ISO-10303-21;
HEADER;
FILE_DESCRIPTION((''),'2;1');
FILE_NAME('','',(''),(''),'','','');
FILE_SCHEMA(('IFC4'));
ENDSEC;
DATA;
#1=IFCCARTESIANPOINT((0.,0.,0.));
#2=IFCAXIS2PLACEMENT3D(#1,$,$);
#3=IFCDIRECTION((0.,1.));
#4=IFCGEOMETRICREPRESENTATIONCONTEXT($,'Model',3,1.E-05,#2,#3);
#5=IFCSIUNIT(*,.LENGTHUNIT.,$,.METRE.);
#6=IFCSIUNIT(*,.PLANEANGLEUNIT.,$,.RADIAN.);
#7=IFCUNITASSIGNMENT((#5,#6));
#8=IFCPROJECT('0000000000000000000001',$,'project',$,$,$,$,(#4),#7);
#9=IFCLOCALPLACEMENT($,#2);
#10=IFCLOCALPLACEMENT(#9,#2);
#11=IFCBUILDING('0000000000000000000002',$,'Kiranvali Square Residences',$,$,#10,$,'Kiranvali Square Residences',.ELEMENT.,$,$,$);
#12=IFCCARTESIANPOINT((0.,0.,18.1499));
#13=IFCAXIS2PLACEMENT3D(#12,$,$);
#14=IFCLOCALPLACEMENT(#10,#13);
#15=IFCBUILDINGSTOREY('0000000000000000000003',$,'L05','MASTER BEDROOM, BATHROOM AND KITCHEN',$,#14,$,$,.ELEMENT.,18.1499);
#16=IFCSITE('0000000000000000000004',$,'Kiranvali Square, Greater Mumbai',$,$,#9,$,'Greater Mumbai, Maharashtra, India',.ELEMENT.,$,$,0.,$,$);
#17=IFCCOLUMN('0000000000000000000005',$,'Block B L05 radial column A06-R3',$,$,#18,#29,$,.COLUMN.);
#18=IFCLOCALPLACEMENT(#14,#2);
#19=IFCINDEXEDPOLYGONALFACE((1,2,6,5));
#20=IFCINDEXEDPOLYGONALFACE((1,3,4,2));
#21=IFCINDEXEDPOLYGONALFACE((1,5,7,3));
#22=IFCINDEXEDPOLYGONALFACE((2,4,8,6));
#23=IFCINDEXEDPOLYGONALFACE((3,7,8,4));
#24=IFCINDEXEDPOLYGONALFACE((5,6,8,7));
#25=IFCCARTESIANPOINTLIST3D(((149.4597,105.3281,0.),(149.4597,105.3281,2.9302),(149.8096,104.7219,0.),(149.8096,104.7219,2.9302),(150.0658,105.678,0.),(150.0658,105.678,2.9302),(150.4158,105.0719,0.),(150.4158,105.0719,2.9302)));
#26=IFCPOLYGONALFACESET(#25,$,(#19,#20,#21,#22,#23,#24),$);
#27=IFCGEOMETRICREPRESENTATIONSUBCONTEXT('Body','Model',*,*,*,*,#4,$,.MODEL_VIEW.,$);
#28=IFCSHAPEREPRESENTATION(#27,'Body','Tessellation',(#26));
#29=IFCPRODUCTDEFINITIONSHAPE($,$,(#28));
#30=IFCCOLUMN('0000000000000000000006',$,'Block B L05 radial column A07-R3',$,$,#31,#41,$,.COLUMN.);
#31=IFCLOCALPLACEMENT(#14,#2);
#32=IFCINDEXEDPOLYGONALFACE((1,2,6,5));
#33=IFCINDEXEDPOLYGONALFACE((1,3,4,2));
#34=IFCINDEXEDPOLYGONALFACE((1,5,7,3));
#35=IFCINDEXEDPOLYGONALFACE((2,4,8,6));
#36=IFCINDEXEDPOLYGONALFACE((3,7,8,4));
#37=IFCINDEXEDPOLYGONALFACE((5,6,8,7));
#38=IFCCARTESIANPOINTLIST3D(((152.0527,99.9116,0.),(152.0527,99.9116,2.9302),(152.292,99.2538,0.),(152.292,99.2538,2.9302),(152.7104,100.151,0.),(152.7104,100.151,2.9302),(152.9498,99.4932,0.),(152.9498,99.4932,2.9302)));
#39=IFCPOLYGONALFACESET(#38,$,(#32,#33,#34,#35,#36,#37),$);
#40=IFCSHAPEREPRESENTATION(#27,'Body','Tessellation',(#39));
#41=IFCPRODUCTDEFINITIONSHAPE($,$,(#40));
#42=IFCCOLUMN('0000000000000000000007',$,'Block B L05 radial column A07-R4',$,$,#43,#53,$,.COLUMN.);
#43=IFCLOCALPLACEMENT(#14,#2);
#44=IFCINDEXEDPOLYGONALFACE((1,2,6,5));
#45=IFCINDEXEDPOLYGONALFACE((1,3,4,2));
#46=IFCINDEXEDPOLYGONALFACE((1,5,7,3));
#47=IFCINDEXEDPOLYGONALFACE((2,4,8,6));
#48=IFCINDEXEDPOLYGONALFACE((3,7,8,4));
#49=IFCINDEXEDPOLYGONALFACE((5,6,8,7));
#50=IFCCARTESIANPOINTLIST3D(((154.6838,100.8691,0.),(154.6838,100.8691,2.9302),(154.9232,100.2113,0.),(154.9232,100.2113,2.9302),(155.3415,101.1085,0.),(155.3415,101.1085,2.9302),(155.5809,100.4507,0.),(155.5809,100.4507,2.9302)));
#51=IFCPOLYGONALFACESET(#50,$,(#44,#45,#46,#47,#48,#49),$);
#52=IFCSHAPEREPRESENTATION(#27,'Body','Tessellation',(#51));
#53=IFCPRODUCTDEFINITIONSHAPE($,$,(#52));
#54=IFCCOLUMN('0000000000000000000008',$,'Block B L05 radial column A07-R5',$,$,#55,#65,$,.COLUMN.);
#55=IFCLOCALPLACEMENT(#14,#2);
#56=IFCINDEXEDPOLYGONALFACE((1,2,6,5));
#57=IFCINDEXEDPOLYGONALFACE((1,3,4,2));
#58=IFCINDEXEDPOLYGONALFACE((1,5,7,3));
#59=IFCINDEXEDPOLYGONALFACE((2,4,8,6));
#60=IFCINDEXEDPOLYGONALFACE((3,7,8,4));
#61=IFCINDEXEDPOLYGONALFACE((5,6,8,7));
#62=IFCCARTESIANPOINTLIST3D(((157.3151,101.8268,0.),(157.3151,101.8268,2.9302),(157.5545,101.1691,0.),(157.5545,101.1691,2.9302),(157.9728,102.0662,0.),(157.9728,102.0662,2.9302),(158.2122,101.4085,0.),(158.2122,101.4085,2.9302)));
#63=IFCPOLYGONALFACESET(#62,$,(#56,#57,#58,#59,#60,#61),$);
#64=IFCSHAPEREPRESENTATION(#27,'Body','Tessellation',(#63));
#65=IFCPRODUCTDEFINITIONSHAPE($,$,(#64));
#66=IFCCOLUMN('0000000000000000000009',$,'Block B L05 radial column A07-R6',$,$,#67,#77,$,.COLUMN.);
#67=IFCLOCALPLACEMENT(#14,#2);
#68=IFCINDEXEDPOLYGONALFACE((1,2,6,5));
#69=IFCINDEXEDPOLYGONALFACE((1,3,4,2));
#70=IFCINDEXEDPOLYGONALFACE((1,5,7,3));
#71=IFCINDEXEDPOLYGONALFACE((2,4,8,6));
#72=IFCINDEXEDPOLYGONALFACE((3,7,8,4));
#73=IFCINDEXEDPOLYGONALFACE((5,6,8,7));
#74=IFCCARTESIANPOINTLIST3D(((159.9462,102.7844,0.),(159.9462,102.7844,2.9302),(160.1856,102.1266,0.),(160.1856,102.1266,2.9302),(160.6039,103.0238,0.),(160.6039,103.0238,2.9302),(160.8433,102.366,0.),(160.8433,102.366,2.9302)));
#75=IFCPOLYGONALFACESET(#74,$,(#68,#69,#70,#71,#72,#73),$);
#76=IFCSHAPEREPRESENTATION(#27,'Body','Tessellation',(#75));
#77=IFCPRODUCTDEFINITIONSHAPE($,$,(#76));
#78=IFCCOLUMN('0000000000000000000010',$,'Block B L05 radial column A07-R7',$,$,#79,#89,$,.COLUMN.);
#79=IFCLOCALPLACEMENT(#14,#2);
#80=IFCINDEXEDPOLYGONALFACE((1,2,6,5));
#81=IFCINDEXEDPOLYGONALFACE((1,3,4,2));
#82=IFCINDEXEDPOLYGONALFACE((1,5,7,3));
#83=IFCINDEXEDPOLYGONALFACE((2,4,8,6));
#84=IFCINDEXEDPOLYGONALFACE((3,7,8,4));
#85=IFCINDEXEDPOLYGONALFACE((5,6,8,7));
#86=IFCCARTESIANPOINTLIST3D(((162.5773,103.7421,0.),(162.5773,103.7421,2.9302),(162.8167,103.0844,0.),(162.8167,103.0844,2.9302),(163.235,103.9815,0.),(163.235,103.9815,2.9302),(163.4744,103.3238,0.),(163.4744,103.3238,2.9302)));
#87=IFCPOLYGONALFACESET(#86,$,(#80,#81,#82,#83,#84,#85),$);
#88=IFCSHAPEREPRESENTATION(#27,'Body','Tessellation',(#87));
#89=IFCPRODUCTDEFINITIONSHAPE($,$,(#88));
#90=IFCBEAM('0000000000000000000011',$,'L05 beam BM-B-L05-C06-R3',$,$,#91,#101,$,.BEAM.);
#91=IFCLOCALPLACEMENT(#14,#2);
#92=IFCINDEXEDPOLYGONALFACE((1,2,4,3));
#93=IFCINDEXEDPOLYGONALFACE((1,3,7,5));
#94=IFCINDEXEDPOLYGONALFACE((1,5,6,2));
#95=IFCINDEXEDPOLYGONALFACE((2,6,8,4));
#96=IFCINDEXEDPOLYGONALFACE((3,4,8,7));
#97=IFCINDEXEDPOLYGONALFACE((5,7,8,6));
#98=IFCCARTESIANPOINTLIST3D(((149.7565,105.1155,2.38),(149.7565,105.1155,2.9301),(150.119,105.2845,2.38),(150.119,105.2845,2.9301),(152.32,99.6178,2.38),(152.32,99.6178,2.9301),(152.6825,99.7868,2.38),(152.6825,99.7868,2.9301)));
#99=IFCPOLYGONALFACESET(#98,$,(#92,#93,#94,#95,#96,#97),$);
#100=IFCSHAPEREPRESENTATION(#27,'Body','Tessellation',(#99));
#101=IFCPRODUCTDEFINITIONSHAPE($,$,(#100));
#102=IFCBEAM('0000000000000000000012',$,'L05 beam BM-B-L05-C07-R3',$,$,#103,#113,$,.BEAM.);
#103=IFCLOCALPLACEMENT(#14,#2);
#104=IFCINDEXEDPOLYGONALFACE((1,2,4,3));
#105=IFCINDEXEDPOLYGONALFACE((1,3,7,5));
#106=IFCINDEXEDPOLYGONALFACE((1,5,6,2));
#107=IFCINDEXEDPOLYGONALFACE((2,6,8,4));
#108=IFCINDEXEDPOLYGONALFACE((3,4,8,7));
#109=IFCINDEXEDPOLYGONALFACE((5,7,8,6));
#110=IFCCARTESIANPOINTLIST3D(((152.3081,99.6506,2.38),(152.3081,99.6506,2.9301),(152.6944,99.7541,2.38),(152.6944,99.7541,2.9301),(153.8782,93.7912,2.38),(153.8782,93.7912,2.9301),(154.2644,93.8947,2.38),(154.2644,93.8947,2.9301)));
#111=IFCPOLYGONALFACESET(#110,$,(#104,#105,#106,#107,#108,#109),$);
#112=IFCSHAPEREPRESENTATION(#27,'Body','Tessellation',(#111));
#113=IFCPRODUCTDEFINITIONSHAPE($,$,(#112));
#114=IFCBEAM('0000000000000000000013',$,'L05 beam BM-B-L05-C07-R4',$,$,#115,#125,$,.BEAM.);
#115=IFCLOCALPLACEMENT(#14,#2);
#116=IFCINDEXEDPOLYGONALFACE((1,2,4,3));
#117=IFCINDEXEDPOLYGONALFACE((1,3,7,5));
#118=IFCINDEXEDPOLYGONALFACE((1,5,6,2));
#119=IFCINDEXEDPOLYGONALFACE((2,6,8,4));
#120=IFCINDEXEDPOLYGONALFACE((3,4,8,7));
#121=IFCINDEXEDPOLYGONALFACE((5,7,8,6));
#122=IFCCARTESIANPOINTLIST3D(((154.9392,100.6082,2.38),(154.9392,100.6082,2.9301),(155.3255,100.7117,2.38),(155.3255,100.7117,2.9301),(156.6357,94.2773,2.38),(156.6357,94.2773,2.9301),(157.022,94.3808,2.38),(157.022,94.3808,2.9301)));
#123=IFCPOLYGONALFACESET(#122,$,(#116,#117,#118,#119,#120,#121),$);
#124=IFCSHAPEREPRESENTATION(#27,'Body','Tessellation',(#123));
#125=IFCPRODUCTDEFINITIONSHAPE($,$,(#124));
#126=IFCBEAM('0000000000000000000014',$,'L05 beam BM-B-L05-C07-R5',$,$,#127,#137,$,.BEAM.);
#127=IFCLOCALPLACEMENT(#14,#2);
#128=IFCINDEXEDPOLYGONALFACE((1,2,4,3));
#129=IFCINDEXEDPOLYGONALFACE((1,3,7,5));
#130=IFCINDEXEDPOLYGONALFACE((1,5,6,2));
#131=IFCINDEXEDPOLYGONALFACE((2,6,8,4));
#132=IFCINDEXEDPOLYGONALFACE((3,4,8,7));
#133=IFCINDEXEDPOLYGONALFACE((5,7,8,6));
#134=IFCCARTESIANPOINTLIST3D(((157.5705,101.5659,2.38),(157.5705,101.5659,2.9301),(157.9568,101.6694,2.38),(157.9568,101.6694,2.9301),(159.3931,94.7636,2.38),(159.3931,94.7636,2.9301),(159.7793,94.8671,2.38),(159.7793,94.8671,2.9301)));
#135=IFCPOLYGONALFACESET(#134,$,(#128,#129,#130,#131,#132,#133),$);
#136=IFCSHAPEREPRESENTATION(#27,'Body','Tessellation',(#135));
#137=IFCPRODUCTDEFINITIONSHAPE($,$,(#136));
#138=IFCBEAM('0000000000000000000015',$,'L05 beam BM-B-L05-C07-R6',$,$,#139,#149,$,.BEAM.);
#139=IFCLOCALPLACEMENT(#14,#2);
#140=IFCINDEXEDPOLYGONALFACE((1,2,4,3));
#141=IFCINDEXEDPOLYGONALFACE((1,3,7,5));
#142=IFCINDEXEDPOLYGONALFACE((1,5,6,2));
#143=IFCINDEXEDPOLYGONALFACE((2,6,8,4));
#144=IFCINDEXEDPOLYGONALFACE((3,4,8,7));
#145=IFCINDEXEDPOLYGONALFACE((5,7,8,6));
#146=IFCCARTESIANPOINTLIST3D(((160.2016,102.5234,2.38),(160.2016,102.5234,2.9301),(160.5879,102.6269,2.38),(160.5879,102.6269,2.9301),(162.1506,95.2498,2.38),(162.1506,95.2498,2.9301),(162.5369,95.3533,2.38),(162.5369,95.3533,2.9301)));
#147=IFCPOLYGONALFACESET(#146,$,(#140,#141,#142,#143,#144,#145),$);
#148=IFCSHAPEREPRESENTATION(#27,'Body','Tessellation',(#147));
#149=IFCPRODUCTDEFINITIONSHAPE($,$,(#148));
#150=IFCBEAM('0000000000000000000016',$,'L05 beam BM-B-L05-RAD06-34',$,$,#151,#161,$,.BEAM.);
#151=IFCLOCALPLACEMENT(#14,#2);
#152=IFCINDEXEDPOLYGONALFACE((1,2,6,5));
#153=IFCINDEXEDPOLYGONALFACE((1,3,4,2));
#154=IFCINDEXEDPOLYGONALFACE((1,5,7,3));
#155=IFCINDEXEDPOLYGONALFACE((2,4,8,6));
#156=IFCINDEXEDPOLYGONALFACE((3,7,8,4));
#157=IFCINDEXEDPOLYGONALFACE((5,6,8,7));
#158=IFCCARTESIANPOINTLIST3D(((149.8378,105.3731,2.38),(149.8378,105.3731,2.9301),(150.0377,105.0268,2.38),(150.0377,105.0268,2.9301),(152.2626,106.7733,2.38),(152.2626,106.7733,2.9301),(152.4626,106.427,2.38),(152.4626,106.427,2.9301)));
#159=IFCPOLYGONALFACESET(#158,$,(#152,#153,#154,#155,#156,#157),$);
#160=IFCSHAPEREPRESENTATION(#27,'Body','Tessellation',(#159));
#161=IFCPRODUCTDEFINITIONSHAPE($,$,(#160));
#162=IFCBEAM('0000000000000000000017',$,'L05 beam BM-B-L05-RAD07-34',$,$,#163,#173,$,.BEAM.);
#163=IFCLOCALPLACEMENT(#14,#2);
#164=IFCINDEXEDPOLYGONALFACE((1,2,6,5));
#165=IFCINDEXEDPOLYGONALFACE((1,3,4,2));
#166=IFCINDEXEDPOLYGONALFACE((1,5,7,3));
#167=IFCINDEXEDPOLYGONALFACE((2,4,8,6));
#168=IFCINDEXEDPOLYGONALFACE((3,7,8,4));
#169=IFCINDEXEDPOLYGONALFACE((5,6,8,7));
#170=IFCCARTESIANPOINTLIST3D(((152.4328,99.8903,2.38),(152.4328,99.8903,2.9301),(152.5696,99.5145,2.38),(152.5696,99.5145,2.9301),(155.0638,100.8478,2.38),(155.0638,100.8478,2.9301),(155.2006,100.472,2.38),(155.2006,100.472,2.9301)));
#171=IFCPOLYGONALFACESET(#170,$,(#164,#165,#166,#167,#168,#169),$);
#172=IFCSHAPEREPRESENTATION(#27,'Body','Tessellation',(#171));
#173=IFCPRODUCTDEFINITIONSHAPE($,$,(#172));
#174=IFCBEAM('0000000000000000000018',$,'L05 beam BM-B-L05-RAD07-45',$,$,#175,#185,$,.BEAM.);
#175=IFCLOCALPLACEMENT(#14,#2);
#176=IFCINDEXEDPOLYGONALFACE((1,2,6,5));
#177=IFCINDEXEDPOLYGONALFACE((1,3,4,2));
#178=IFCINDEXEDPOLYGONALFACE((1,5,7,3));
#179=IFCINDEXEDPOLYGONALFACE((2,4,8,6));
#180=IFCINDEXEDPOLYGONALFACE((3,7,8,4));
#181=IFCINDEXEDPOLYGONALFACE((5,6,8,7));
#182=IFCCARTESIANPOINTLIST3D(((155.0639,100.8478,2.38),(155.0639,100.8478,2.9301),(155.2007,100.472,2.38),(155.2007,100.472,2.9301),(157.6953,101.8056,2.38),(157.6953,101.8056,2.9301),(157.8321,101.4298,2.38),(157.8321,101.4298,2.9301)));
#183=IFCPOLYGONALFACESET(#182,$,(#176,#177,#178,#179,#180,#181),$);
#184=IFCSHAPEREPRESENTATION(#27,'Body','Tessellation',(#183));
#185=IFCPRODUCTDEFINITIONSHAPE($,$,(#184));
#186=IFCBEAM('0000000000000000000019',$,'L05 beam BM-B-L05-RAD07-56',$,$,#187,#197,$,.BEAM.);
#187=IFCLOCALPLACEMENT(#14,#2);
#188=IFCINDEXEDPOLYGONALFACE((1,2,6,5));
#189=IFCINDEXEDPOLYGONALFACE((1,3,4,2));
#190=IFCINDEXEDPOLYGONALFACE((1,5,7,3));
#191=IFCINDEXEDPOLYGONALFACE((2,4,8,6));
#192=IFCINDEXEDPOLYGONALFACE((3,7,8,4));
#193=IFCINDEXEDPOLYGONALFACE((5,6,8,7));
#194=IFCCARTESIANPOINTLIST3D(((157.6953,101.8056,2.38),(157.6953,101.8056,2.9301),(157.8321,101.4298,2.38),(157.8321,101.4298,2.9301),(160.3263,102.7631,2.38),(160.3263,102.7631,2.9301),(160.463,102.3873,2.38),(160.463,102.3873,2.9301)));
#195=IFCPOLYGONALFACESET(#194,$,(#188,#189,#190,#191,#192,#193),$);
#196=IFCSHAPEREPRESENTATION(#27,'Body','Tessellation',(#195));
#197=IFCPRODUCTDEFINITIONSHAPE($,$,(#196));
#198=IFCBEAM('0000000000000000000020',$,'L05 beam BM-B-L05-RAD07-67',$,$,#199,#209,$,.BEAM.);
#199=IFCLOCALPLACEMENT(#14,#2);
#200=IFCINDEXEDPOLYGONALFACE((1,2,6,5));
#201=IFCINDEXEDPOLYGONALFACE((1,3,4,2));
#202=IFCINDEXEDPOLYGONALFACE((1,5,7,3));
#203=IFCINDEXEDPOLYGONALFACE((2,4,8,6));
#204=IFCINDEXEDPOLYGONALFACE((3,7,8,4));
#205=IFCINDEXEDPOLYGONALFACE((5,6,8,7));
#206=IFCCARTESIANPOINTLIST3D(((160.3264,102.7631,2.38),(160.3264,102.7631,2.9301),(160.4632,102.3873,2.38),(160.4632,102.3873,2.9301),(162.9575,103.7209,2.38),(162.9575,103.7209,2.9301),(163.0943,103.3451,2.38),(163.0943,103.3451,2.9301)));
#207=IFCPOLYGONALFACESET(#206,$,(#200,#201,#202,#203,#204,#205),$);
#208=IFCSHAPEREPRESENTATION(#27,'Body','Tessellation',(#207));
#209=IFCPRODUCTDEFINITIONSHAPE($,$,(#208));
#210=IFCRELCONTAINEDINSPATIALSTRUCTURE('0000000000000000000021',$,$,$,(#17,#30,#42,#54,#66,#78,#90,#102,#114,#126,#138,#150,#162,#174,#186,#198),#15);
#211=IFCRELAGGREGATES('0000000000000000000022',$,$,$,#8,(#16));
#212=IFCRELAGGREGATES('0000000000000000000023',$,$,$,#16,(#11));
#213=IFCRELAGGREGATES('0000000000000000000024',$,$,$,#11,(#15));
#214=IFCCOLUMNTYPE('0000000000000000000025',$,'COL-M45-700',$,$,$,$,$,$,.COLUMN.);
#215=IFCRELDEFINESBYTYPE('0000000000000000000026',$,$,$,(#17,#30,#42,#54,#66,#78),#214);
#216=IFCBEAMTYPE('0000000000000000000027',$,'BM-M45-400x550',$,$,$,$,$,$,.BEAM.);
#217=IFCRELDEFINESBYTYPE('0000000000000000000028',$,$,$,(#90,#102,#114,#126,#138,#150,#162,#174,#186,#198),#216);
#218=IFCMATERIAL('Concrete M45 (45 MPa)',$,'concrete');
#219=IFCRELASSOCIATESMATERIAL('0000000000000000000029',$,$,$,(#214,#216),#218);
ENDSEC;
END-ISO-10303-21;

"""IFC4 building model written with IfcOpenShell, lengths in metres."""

from ifc_helpers import new_model, si_unit, direction, frame, origin, origin_2d, place, context, subcontext, project, spatial, rectangle, extrude, material, material_profile, profile_set, type_object, element, save


model = new_model("IFC4")

# Units and contexts
model_context = context("Model", 3, precision=1e-05, world=origin(), true_north=direction((0.0, 1.0)))
body_context = subcontext(model_context, "Body", "Model", "MODEL_VIEW")
ifc_project = project(units=[si_unit("LENGTHUNIT", "METRE"), si_unit("PLANEANGLEUNIT", "RADIAN")], contexts=[model_context])

# Site, building, storey
site_placement = place(None, origin())
site = spatial("IfcSite", under=ifc_project, at=site_placement, Name="Kiranvali Square, Greater Mumbai", LongName="Greater Mumbai, Maharashtra, India", CompositionType="ELEMENT", RefElevation=0.0)
building_placement = place(site_placement, origin())
building = spatial("IfcBuilding", under=site, at=building_placement, Name="Kiranvali Square Residences", LongName="Kiranvali Square Residences", CompositionType="ELEMENT")
storey_placement = place(building_placement, frame((0.0, 0.0, 18.1499)))
storey = spatial("IfcBuildingStorey", under=building, at=storey_placement, Name="L05", Description="MASTER BEDROOM, BATHROOM AND KITCHEN", CompositionType="ELEMENT", Elevation=18.1499)

# Columns
ifc_material_1 = material(Name="Concrete M45 (45 MPa)", Category="concrete")
ifc_material_profile_1 = material_profile(ifc_material_1, rectangle(XDim=0.7, YDim=0.7, at=origin_2d()), Name="RC 700x700")
ifc_profile_set_1 = profile_set([ifc_material_profile_1], Name="Concrete M45 (45 MPa)")
column_type = type_object("IfcColumnType", Name="COL-M45-700", PredefinedType="COLUMN", material=ifc_profile_set_1)
for number, where, z_axis, x_axis, name in (
    (1, (149.9377, 105.2, 0.0), (0.0, 0.0, 1.0), (-0.5, 0.866025, 0.0), "Block B L05 radial column A06-R3"),
    (2, (152.5012, 99.7024, 0.0), (0.0, 0.0, 1.0), (-0.34202, 0.939693, 0.0), "Block B L05 radial column A07-R3"),
    (3, (155.1323, 100.6599, 0.0), (0.0, 0.0, 1.0), (-0.34202, 0.939693, 0.0), "Block B L05 radial column A07-R4"),
    (4, (157.7637, 101.6177, 0.0), (0.0, 0.0, 1.0), (-0.34202, 0.939693, 0.0), "Block B L05 radial column A07-R5"),
    (5, (160.3948, 102.5752, 0.0), (0.0, 0.0, 1.0), (-0.34202, 0.939693, 0.0), "Block B L05 radial column A07-R6"),
    (6, (163.0259, 103.533, 0.0), (0.0, 0.0, 1.0), (-0.34202, 0.939693, 0.0), "Block B L05 radial column A07-R7"),
):
    element("IfcColumn", number, at=place(storey_placement, frame(where, z_axis=z_axis, x_axis=x_axis)), inside=storey, type_object=column_type, Name=name, PredefinedType="COLUMN", context=body_context, shape_type="SweptSolid", body=[
        extrude(rectangle(XDim=0.7, YDim=0.7, at=origin_2d()), origin(), (0.0, 0.0, 1.0), 2.9302),
    ])

# Beams
ifc_material_profile_2 = material_profile(ifc_material_1, rectangle(XDim=0.3999, YDim=0.55, at=origin_2d()), Name="RC 400x550")
ifc_profile_set_2 = profile_set([ifc_material_profile_2], Name="Concrete M45 (45 MPa)")
beam_type_1 = type_object("IfcBeamType", Name="BM-M45-400x550", PredefinedType="BEAM", material=ifc_profile_set_2)
beam_1_placement = place(storey_placement, frame((149.9377, 105.2, 2.655), z_axis=(0.422608, -0.906313, 0.0), x_axis=(0.906313, 0.422608, 0.0)))
element("IfcBeam", 7, at=beam_1_placement, inside=storey, type_object=beam_type_1, Name="L05 beam BM-B-L05-C06-R3", PredefinedType="BEAM", context=body_context, shape_type="SweptSolid", body=[
    extrude(rectangle(XDim=0.3999, YDim=0.55, at=origin_2d()), origin(), (0.0, 0.0, 1.0), 6.0659),
])
beam_2_placement = place(storey_placement, frame((152.5012, 99.7024, 2.655), z_axis=(0.258827, -0.965924, 0.0), x_axis=(0.965924, 0.258827, 0.0)))
element("IfcBeam", 8, at=beam_2_placement, inside=storey, type_object=beam_type_1, Name="L05 beam BM-B-L05-C07-R3", PredefinedType="BEAM", context=body_context, shape_type="SweptSolid", body=[
    extrude(rectangle(XDim=0.3999, YDim=0.55, at=origin_2d()), origin(), (0.0, 0.0, 1.0), 6.0662),
])
beam_3_placement = place(storey_placement, frame((155.1323, 100.6599, 2.655), z_axis=(0.258847, -0.965918, 0.0), x_axis=(0.965918, 0.258847, 0.0)))
element("IfcBeam", 9, at=beam_3_placement, inside=storey, type_object=beam_type_1, Name="L05 beam BM-B-L05-C07-R4", PredefinedType="BEAM", context=body_context, shape_type="SweptSolid", body=[
    extrude(rectangle(XDim=0.3999, YDim=0.55, at=origin_2d()), origin(), (0.0, 0.0, 1.0), 6.5542),
])
beam_4_placement = place(storey_placement, frame((157.7637, 101.6177, 2.655), z_axis=(0.2588, -0.965931, 0.0), x_axis=(0.965931, 0.2588, 0.0)))
element("IfcBeam", 10, at=beam_4_placement, inside=storey, type_object=beam_type_1, Name="L05 beam BM-B-L05-C07-R5", PredefinedType="BEAM", context=body_context, shape_type="SweptSolid", body=[
    extrude(rectangle(XDim=0.3999, YDim=0.55, at=origin_2d()), origin(), (0.0, 0.0, 1.0), 7.0422),
])
beam_5_placement = place(storey_placement, frame((160.3948, 102.5752, 2.655), z_axis=(0.258819, -0.965926, 0.0), x_axis=(0.965926, 0.258819, 0.0)))
element("IfcBeam", 11, at=beam_5_placement, inside=storey, type_object=beam_type_1, Name="L05 beam BM-B-L05-C07-R6", PredefinedType="BEAM", context=body_context, shape_type="SweptSolid", body=[
    extrude(rectangle(XDim=0.3999, YDim=0.55, at=origin_2d()), origin(), (0.0, 0.0, 1.0), 7.5303),
])
beam_6_placement = place(storey_placement, frame((149.9377, 105.2, 2.655), z_axis=(0.865997, 0.50005, 0.0), x_axis=(-0.50005, 0.865997, 0.0)))
element("IfcBeam", 12, at=beam_6_placement, inside=storey, type_object=beam_type_1, Name="L05 beam BM-B-L05-RAD06-34", PredefinedType="BEAM", context=body_context, shape_type="SweptSolid", body=[
    extrude(rectangle(XDim=0.3999, YDim=0.55, at=origin_2d()), origin(), (0.0, 0.0, 1.0), 2.8),
])
beam_7_placement = place(storey_placement, frame((152.5012, 99.7024, 2.655), z_axis=(0.939707, 0.341981, 0.0), x_axis=(-0.341981, 0.939707, 0.0)))
element("IfcBeam", 13, at=beam_7_placement, inside=storey, type_object=beam_type_1, Name="L05 beam BM-B-L05-RAD07-34", PredefinedType="BEAM", context=body_context, shape_type="SweptSolid", body=[
    extrude(rectangle(XDim=0.3999, YDim=0.55, at=origin_2d()), origin(), (0.0, 0.0, 1.0), 2.7998),
])
beam_8_placement = place(storey_placement, frame((155.1323, 100.6599, 2.655), z_axis=(0.939689, 0.34203, 0.0), x_axis=(-0.34203, 0.939689, 0.0)))
element("IfcBeam", 14, at=beam_8_placement, inside=storey, type_object=beam_type_1, Name="L05 beam BM-B-L05-RAD07-45", PredefinedType="BEAM", context=body_context, shape_type="SweptSolid", body=[
    extrude(rectangle(XDim=0.3999, YDim=0.55, at=origin_2d()), origin(), (0.0, 0.0, 1.0), 2.8003),
])
beam_9_placement = place(storey_placement, frame((157.7637, 101.6177, 2.655), z_axis=(0.939707, 0.341981, 0.0), x_axis=(-0.341981, 0.939707, 0.0)))
element("IfcBeam", 15, at=beam_9_placement, inside=storey, type_object=beam_type_1, Name="L05 beam BM-B-L05-RAD07-56", PredefinedType="BEAM", context=body_context, shape_type="SweptSolid", body=[
    extrude(rectangle(XDim=0.3999, YDim=0.55, at=origin_2d()), origin(), (0.0, 0.0, 1.0), 2.7998),
])
beam_10_placement = place(storey_placement, frame((160.3948, 102.5752, 2.655), z_axis=(0.939679, 0.342058, 0.0), x_axis=(-0.342058, 0.939679, 0.0)))
element("IfcBeam", 16, at=beam_10_placement, inside=storey, type_object=beam_type_1, Name="L05 beam BM-B-L05-RAD07-67", PredefinedType="BEAM", context=body_context, shape_type="SweptSolid", body=[
    extrude(rectangle(XDim=0.3999, YDim=0.55, at=origin_2d()), origin(), (0.0, 0.0, 1.0), 2.8),
])

save(model, "model.ifc")
